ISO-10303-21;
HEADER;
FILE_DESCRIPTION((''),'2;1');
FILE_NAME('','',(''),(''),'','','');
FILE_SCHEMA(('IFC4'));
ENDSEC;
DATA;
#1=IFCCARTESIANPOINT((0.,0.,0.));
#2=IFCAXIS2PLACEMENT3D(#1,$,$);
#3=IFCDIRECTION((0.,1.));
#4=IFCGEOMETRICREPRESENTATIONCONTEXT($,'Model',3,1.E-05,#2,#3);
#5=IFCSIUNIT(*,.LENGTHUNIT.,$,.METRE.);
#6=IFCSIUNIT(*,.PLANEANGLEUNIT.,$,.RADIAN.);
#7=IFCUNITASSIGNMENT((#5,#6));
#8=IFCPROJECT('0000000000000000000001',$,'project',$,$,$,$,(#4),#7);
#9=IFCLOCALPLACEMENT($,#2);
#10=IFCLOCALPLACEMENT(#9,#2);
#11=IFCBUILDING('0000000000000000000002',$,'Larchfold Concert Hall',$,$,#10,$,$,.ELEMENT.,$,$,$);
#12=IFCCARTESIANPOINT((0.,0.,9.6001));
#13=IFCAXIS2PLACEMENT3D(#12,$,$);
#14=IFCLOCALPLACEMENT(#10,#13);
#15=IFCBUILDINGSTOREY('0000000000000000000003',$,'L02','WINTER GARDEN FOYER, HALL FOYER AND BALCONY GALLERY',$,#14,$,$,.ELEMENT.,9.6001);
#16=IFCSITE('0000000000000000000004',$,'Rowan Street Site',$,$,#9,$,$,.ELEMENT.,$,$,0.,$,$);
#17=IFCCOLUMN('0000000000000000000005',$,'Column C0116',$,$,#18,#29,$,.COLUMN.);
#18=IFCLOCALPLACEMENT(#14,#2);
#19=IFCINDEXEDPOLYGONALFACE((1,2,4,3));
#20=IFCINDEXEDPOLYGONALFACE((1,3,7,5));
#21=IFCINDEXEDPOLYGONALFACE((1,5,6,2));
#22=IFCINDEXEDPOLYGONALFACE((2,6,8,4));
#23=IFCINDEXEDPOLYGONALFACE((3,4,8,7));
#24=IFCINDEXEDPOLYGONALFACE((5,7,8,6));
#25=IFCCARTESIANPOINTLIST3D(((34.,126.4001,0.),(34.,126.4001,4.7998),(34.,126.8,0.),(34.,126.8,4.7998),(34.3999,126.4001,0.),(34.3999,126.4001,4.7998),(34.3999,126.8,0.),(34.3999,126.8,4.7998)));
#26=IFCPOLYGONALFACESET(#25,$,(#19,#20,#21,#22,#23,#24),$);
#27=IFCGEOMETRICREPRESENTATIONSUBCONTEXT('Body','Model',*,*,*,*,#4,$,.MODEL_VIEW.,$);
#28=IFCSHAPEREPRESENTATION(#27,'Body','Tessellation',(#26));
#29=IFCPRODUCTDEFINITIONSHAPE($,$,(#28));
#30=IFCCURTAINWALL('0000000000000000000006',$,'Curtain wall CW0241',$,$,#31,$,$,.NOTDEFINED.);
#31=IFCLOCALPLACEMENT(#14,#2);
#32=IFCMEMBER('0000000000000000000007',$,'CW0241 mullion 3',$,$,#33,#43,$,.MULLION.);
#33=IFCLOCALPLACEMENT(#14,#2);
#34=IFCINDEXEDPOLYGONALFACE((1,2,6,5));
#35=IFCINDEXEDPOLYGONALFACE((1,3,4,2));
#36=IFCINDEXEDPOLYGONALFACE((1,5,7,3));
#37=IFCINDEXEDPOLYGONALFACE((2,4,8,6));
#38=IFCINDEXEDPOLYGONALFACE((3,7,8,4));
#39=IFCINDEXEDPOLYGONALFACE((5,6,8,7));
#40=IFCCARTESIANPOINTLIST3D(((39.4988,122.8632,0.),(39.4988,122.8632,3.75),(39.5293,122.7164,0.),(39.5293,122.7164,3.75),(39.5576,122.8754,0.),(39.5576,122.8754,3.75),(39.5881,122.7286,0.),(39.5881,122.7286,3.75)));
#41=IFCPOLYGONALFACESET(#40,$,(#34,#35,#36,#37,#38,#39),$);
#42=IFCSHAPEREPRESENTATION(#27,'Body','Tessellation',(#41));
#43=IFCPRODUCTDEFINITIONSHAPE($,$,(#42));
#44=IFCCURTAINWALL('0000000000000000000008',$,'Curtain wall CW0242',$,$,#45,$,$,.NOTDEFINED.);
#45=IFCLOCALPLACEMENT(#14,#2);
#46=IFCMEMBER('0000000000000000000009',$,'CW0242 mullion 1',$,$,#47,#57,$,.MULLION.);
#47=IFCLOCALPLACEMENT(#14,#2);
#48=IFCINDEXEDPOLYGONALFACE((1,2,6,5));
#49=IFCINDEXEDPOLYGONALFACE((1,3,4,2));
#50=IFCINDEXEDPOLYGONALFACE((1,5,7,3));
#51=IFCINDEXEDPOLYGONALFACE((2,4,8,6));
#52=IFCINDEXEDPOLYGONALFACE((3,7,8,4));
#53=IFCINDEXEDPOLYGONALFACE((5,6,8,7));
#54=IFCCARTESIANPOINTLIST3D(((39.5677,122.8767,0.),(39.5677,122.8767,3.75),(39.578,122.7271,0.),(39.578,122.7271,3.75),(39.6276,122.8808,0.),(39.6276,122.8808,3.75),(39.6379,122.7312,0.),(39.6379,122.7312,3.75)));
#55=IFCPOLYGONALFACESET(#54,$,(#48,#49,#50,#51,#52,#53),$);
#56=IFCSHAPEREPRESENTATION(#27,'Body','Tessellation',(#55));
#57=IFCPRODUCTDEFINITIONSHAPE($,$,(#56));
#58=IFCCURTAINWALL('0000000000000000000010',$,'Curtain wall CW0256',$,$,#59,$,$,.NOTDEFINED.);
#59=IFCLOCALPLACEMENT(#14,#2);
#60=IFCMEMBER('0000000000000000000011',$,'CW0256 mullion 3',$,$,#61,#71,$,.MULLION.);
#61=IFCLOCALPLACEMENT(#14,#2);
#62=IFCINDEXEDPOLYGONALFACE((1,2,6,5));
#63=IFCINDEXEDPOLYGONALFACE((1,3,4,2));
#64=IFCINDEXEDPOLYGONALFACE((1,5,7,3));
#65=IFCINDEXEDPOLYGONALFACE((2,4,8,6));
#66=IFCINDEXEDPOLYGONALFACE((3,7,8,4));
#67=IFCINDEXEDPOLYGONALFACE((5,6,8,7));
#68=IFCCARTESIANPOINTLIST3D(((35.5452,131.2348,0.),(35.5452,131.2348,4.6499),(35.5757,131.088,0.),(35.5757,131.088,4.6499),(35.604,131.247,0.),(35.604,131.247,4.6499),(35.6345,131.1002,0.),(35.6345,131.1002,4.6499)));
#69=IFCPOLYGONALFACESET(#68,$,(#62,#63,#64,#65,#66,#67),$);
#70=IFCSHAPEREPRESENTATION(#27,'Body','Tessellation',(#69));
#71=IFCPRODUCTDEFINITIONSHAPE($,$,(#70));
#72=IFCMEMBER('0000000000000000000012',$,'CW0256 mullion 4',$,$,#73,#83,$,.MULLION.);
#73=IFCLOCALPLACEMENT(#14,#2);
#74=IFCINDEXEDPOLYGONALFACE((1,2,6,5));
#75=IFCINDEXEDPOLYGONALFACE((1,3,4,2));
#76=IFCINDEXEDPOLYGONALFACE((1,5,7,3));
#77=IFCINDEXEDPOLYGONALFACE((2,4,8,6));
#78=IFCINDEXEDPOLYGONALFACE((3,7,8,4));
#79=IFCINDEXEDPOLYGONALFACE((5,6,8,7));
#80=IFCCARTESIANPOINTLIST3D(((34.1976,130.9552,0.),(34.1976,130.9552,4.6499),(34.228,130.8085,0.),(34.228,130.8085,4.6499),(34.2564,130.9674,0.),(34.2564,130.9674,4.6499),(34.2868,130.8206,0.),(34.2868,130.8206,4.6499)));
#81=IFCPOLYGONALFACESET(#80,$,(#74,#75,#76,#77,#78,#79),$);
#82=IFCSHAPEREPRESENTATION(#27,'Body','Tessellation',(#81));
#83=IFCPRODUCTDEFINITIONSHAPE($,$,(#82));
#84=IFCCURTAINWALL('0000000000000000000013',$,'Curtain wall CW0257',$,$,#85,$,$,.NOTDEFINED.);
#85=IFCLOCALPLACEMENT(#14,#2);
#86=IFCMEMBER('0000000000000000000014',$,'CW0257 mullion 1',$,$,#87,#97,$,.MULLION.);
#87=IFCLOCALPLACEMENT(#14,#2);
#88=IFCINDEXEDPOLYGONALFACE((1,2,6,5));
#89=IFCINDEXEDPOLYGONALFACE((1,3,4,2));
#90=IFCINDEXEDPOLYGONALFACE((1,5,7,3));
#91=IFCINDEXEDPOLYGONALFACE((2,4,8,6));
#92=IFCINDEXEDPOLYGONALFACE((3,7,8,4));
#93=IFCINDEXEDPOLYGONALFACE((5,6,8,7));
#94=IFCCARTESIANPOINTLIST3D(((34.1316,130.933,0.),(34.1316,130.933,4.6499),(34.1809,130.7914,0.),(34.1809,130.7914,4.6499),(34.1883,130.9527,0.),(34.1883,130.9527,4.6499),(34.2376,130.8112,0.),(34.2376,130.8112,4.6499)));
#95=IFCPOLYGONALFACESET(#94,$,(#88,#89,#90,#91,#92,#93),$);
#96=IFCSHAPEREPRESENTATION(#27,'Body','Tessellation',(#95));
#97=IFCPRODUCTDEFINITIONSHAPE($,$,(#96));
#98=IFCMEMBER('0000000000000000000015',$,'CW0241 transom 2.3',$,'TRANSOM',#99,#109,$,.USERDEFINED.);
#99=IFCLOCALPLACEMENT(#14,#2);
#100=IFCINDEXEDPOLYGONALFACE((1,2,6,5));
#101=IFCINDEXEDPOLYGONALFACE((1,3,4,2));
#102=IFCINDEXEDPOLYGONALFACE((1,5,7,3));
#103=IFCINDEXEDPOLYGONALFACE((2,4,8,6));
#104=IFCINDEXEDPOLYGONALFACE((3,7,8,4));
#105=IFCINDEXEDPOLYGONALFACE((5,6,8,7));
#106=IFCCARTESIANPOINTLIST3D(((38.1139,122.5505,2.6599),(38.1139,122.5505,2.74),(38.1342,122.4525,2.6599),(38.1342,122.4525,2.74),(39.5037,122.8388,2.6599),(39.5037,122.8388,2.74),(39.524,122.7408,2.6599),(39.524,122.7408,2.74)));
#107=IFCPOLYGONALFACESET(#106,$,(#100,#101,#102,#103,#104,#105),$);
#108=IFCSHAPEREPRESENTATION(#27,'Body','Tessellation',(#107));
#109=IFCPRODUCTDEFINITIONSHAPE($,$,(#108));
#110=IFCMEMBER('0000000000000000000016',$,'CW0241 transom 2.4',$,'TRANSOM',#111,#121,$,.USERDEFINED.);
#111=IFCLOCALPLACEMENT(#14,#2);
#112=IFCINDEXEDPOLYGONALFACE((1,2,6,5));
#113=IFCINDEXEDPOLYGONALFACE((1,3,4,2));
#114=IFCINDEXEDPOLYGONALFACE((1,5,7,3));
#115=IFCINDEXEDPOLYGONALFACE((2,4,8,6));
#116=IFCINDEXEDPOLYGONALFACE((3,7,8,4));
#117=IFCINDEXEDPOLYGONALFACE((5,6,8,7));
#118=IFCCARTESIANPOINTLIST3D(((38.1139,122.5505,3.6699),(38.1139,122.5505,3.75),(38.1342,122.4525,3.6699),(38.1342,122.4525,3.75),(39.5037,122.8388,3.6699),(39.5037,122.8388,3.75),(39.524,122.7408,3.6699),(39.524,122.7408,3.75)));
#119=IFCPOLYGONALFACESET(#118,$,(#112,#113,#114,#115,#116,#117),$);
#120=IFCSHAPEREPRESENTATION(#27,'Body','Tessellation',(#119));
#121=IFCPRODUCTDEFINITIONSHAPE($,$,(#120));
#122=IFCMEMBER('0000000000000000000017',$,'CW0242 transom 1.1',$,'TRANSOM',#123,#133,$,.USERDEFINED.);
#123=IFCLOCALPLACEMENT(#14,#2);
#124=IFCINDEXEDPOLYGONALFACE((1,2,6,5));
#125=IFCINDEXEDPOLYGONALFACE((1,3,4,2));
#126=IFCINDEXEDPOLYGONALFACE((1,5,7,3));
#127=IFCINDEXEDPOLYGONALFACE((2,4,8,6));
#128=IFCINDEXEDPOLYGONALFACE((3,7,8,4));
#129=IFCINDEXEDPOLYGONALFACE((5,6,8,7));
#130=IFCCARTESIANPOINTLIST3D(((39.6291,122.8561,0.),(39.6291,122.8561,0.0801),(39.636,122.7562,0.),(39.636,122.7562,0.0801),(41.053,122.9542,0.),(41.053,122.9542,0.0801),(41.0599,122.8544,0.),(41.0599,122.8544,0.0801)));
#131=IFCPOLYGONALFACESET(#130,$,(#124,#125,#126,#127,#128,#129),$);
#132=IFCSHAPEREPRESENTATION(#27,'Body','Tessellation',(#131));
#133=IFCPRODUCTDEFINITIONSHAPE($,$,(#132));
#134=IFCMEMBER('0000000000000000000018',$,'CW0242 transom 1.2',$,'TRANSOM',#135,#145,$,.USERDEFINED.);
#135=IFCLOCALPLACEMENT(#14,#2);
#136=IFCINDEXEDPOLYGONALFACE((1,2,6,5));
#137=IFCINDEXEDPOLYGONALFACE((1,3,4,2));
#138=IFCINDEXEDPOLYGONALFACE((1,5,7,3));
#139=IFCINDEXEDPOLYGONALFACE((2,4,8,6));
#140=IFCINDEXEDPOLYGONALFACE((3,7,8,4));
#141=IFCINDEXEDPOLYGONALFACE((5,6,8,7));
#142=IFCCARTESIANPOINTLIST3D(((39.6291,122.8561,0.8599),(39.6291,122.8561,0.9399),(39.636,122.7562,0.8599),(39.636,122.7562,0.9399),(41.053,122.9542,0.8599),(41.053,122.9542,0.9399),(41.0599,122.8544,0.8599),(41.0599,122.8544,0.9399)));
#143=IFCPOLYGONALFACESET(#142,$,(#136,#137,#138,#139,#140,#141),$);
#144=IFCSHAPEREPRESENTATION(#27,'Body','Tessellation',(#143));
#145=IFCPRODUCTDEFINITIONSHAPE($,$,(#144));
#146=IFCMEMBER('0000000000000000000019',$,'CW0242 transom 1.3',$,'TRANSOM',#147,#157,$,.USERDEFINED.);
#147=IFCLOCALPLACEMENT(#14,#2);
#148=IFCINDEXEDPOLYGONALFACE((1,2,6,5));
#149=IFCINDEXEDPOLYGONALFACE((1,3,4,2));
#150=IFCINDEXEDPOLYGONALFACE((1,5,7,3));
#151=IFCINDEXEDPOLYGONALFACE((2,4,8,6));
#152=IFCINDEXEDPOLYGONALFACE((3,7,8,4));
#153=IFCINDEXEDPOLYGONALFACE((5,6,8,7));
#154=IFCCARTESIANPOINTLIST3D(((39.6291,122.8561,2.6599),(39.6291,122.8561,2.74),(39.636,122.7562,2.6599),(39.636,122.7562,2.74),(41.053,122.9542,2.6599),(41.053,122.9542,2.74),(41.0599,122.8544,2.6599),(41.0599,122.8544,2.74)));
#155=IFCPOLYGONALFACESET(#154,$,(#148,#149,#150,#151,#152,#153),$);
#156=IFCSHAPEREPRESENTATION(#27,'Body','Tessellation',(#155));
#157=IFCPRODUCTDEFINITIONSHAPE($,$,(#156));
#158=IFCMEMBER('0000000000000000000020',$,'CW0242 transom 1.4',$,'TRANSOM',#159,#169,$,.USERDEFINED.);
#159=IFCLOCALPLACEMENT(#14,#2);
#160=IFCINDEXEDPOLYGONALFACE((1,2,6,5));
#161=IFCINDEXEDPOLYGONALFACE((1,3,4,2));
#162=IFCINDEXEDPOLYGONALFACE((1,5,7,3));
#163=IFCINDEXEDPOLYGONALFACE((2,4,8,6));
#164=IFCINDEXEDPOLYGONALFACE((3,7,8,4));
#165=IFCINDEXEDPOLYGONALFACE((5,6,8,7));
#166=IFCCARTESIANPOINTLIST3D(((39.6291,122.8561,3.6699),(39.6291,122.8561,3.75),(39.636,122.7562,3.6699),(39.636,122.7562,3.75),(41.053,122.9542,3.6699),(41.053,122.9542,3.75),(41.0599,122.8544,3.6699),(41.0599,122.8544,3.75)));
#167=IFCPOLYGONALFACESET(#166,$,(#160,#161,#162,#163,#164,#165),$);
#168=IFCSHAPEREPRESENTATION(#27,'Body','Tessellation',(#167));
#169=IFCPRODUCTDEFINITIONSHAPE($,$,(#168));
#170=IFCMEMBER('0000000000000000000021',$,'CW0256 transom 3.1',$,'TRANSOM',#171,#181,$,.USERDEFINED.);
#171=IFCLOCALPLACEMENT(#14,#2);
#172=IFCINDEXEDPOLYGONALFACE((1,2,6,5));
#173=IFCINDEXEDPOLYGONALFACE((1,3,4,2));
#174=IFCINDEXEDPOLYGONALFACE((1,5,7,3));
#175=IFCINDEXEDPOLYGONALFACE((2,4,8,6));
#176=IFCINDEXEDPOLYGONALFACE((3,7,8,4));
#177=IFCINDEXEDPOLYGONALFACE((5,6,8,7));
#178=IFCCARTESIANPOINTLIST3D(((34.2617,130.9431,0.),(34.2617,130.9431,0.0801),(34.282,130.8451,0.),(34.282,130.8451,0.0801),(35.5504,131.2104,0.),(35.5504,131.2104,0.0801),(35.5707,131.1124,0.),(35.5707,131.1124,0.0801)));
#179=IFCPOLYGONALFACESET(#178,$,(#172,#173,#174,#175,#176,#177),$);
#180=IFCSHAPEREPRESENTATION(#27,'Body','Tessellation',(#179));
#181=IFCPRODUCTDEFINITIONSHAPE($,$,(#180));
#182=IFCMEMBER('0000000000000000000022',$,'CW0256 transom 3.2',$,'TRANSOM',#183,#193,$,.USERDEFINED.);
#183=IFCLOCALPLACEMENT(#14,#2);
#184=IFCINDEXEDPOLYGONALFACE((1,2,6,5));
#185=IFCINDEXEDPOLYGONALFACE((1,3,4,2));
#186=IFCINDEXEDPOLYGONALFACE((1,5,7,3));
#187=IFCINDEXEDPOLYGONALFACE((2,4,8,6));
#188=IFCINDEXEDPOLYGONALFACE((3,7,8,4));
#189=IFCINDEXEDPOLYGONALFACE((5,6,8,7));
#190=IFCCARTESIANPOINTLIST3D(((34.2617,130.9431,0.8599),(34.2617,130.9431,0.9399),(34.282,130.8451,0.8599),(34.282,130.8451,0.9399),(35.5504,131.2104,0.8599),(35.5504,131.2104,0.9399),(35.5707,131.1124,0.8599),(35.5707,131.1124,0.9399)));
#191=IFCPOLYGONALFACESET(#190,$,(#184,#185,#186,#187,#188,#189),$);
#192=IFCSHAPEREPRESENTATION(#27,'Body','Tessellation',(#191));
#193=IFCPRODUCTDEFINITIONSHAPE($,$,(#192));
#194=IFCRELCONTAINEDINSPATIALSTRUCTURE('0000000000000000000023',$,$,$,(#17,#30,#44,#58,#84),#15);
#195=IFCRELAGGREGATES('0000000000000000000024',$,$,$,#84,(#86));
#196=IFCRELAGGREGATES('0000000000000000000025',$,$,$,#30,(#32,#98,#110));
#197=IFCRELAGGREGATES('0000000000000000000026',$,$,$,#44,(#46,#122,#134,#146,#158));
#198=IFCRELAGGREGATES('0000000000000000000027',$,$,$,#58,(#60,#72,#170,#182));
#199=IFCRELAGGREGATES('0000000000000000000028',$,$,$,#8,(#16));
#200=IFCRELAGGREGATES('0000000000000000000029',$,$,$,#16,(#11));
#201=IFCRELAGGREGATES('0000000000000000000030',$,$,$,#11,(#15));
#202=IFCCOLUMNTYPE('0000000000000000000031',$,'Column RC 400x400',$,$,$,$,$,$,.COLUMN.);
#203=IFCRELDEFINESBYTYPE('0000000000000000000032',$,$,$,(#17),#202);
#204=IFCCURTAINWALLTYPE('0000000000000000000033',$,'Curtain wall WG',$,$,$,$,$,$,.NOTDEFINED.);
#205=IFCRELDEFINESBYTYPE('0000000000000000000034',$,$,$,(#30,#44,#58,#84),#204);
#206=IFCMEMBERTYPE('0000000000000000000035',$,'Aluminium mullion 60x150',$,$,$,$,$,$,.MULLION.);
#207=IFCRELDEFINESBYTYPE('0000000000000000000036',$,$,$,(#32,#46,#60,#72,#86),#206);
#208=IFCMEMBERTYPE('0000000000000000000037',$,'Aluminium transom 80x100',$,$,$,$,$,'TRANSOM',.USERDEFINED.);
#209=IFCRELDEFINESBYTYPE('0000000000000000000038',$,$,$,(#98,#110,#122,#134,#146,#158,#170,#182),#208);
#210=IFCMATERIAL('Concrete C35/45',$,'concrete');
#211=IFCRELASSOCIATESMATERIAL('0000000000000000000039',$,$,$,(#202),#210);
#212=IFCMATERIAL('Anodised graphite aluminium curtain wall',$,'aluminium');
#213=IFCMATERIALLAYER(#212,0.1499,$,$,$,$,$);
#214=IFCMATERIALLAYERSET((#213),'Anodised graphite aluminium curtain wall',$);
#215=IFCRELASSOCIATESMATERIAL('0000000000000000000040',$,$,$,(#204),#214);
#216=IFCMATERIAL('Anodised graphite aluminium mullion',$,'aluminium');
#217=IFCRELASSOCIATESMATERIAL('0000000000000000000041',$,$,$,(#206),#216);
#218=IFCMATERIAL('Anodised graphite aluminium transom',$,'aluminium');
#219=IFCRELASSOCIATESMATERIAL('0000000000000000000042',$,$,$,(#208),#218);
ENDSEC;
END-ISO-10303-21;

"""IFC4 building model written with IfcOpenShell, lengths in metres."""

from ifc_helpers import new_model, si_unit, direction, frame, origin, origin_2d, place, context, subcontext, project, spatial, rectangle, extrude, material, layer, layer_set, material_profile, profile_set, type_object, element, aggregate, save


model = new_model("IFC4")

# Units and contexts
model_context = context("Model", 3, precision=1e-05, world=origin(), true_north=direction((0.0, 1.0)))
body_context = subcontext(model_context, "Body", "Model", "MODEL_VIEW")
ifc_project = project(units=[si_unit("LENGTHUNIT", "METRE"), si_unit("PLANEANGLEUNIT", "RADIAN")], contexts=[model_context])

# Site, building, storey
site_placement = place(None, origin())
site = spatial("IfcSite", under=ifc_project, at=site_placement, Name="Rowan Street Site", CompositionType="ELEMENT", RefElevation=0.0)
building_placement = place(site_placement, origin())
building = spatial("IfcBuilding", under=site, at=building_placement, Name="Larchfold Concert Hall", CompositionType="ELEMENT")
storey_placement = place(building_placement, frame((0.0, 0.0, 9.6001)))
storey = spatial("IfcBuildingStorey", under=building, at=storey_placement, Name="L02", Description="WINTER GARDEN FOYER, HALL FOYER AND BALCONY GALLERY", CompositionType="ELEMENT", Elevation=9.6001)

# Column
ifc_material_1 = material(Name="Concrete C35/45", Category="concrete")
ifc_material_profile_1 = material_profile(ifc_material_1, rectangle(XDim=0.3999, YDim=0.3999, at=origin_2d()))
ifc_profile_set_1 = profile_set([ifc_material_profile_1], Name="Concrete C35/45")
column_type = type_object("IfcColumnType", Name="Column RC 400x400", PredefinedType="COLUMN", material=ifc_profile_set_1)
column_placement = place(storey_placement, frame((34.2, 126.6001, 0.0), z_axis=(0.0, 0.0, 1.0), x_axis=(1.0, 0.0, 0.0)))
element("IfcColumn", 1, at=column_placement, inside=storey, type_object=column_type, Name="Column C0116", PredefinedType="COLUMN", context=body_context, shape_type="SweptSolid", body=[
    extrude(rectangle(XDim=0.3999, YDim=0.3999, at=origin_2d()), origin(), (0.0, 0.0, 1.0), 4.7998),
])

# Curtain walls, members
ifc_material_2 = material(Name="Anodised graphite aluminium curtain wall", Category="aluminium")
ifc_layer_1 = layer(ifc_material_2, 0.1499)
ifc_layer_set_1 = layer_set([ifc_layer_1], Name="Anodised graphite aluminium curtain wall")
curtain_wall_type = type_object("IfcCurtainWallType", Name="Curtain wall WG", PredefinedType="NOTDEFINED", material=ifc_layer_set_1)
curtain_wall_1_placement = place(storey_placement, origin())
curtain_wall_1 = element("IfcCurtainWall", 2, at=curtain_wall_1_placement, inside=storey, type_object=curtain_wall_type, Name="Curtain wall CW0241", PredefinedType="NOTDEFINED")
ifc_material_3 = material(Name="Anodised graphite aluminium mullion", Category="aluminium")
ifc_material_profile_2 = material_profile(ifc_material_3, rectangle(XDim=0.1499, YDim=0.0601, at=origin_2d()))
ifc_profile_set_2 = profile_set([ifc_material_profile_2], Name="Anodised graphite aluminium mullion")
member_type_1 = type_object("IfcMemberType", Name="Aluminium mullion 60x150", PredefinedType="MULLION", material=ifc_profile_set_2)
member_1_placement = place(storey_placement, frame((39.5435, 122.7959, 0.0), z_axis=(0.0, 0.0, 1.0), x_axis=(-0.203063, 0.979166, 0.0)))
member_1 = element("IfcMember", 3, at=member_1_placement, type_object=member_type_1, Name="CW0241 mullion 3", PredefinedType="MULLION", context=body_context, shape_type="SweptSolid", body=[
    extrude(rectangle(XDim=0.1499, YDim=0.0601, at=origin_2d()), origin(), (0.0, 0.0, 1.0), 3.75),
])
curtain_wall_2_placement = place(storey_placement, origin())
curtain_wall_2 = element("IfcCurtainWall", 4, at=curtain_wall_2_placement, inside=storey, type_object=curtain_wall_type, Name="Curtain wall CW0242", PredefinedType="NOTDEFINED")
member_2_placement = place(storey_placement, frame((39.6028, 122.804, 0.0), z_axis=(0.0, 0.0, 1.0), x_axis=(-0.068708, 0.997637, 0.0)))
member_2 = element("IfcMember", 5, at=member_2_placement, type_object=member_type_1, Name="CW0242 mullion 1", PredefinedType="MULLION", context=body_context, shape_type="SweptSolid", body=[
    extrude(rectangle(XDim=0.1499, YDim=0.0601, at=origin_2d()), origin(), (0.0, 0.0, 1.0), 3.75),
])

# Curtain wall, members
curtain_wall_3_placement = place(storey_placement, origin())
curtain_wall_3 = element("IfcCurtainWall", 6, at=curtain_wall_3_placement, inside=storey, type_object=curtain_wall_type, Name="Curtain wall CW0256", PredefinedType="NOTDEFINED")
member_3_placement = place(storey_placement, frame((35.5898, 131.1675, 0.0), z_axis=(0.0, 0.0, 1.0), x_axis=(0.203055, -0.979167, 0.0)))
member_3 = element("IfcMember", 7, at=member_3_placement, type_object=member_type_1, Name="CW0256 mullion 3", PredefinedType="MULLION", context=body_context, shape_type="SweptSolid", body=[
    extrude(rectangle(XDim=0.1499, YDim=0.0601, at=origin_2d()), origin(), (0.0, 0.0, 1.0), 4.6499),
])
member_4_placement = place(storey_placement, frame((34.2422, 130.8879, 0.0), z_axis=(0.0, 0.0, 1.0), x_axis=(0.203055, -0.979167, 0.0)))
member_4 = element("IfcMember", 8, at=member_4_placement, type_object=member_type_1, Name="CW0256 mullion 4", PredefinedType="MULLION", context=body_context, shape_type="SweptSolid", body=[
    extrude(rectangle(XDim=0.1499, YDim=0.0601, at=origin_2d()), origin(), (0.0, 0.0, 1.0), 4.6499),
])

# Curtain wall, member
curtain_wall_4_placement = place(storey_placement, origin())
curtain_wall_4 = element("IfcCurtainWall", 9, at=curtain_wall_4_placement, inside=storey, type_object=curtain_wall_type, Name="Curtain wall CW0257", PredefinedType="NOTDEFINED")
member_5_placement = place(storey_placement, frame((34.1846, 130.8721, 0.0), z_axis=(0.0, 0.0, 1.0), x_axis=(0.328898, -0.944365, 0.0)))
member_5 = element("IfcMember", 10, at=member_5_placement, type_object=member_type_1, Name="CW0257 mullion 1", PredefinedType="MULLION", context=body_context, shape_type="SweptSolid", body=[
    extrude(rectangle(XDim=0.1499, YDim=0.0601, at=origin_2d()), origin(), (0.0, 0.0, 1.0), 4.6499),
])

# Members
ifc_material_4 = material(Name="Anodised graphite aluminium transom", Category="aluminium")
ifc_material_profile_3 = material_profile(ifc_material_4, rectangle(XDim=0.1001, YDim=0.0801, at=origin_2d()))
ifc_profile_set_3 = profile_set([ifc_material_profile_3], Name="Anodised graphite aluminium transom")
member_type_2 = type_object("IfcMemberType", Name="Aluminium transom 80x100", ElementType="TRANSOM", PredefinedType="USERDEFINED", material=ifc_profile_set_3)
member_6_placement = place(storey_placement, frame((38.124, 122.5015, 2.7), z_axis=(0.979153, 0.203123, 0.0), x_axis=(-0.203123, 0.979153, 0.0)))
member_6 = element("IfcMember", 11, at=member_6_placement, type_object=member_type_2, Name="CW0241 transom 2.3", ObjectType="TRANSOM", PredefinedType="USERDEFINED", context=body_context, shape_type="SweptSolid", body=[
    extrude(rectangle(XDim=0.1001, YDim=0.0801, at=origin_2d()), origin(), (0.0, 0.0, 1.0), 1.4194),
])
member_7_placement = place(storey_placement, frame((38.124, 122.5015, 3.71), z_axis=(0.979153, 0.203123, 0.0), x_axis=(-0.203123, 0.979153, 0.0)))
member_7 = element("IfcMember", 12, at=member_7_placement, type_object=member_type_2, Name="CW0241 transom 2.4", ObjectType="TRANSOM", PredefinedType="USERDEFINED", context=body_context, shape_type="SweptSolid", body=[
    extrude(rectangle(XDim=0.1001, YDim=0.0801, at=origin_2d()), origin(), (0.0, 0.0, 1.0), 1.4194),
])
member_8_placement = place(storey_placement, frame((39.6326, 122.8062, 0.04), z_axis=(0.997633, 0.068767, 0.0), x_axis=(-0.068767, 0.997633, 0.0)))
member_8 = element("IfcMember", 13, at=member_8_placement, type_object=member_type_2, Name="CW0242 transom 1.1", ObjectType="TRANSOM", PredefinedType="USERDEFINED", context=body_context, shape_type="SweptSolid", body=[
    extrude(rectangle(XDim=0.1001, YDim=0.0801, at=origin_2d()), origin(), (0.0, 0.0, 1.0), 1.4272),
])
member_9_placement = place(storey_placement, frame((39.6326, 122.8062, 0.8999), z_axis=(0.997633, 0.068767, 0.0), x_axis=(-0.068767, 0.997633, 0.0)))
member_9 = element("IfcMember", 14, at=member_9_placement, type_object=member_type_2, Name="CW0242 transom 1.2", ObjectType="TRANSOM", PredefinedType="USERDEFINED", context=body_context, shape_type="SweptSolid", body=[
    extrude(rectangle(XDim=0.1001, YDim=0.0801, at=origin_2d()), origin(), (0.0, 0.0, 1.0), 1.4272),
])
member_10_placement = place(storey_placement, frame((39.6326, 122.8062, 2.7), z_axis=(0.997633, 0.068767, 0.0), x_axis=(-0.068767, 0.997633, 0.0)))
member_10 = element("IfcMember", 15, at=member_10_placement, type_object=member_type_2, Name="CW0242 transom 1.3", ObjectType="TRANSOM", PredefinedType="USERDEFINED", context=body_context, shape_type="SweptSolid", body=[
    extrude(rectangle(XDim=0.1001, YDim=0.0801, at=origin_2d()), origin(), (0.0, 0.0, 1.0), 1.4272),
])
member_11_placement = place(storey_placement, frame((39.6326, 122.8062, 3.71), z_axis=(0.997633, 0.068767, 0.0), x_axis=(-0.068767, 0.997633, 0.0)))
member_11 = element("IfcMember", 16, at=member_11_placement, type_object=member_type_2, Name="CW0242 transom 1.4", ObjectType="TRANSOM", PredefinedType="USERDEFINED", context=body_context, shape_type="SweptSolid", body=[
    extrude(rectangle(XDim=0.1001, YDim=0.0801, at=origin_2d()), origin(), (0.0, 0.0, 1.0), 1.4272),
])
member_12_placement = place(storey_placement, frame((35.5605, 131.1614, 0.04), z_axis=(-0.979158, -0.203102, 0.0), x_axis=(0.203102, -0.979158, 0.0)))
member_12 = element("IfcMember", 17, at=member_12_placement, type_object=member_type_2, Name="CW0256 transom 3.1", ObjectType="TRANSOM", PredefinedType="USERDEFINED", context=body_context, shape_type="SweptSolid", body=[
    extrude(rectangle(XDim=0.1001, YDim=0.0801, at=origin_2d()), origin(), (0.0, 0.0, 1.0), 1.3162),
])
member_13_placement = place(storey_placement, frame((35.5605, 131.1614, 0.8999), z_axis=(-0.979158, -0.203102, 0.0), x_axis=(0.203102, -0.979158, 0.0)))
member_13 = element("IfcMember", 18, at=member_13_placement, type_object=member_type_2, Name="CW0256 transom 3.2", ObjectType="TRANSOM", PredefinedType="USERDEFINED", context=body_context, shape_type="SweptSolid", body=[
    extrude(rectangle(XDim=0.1001, YDim=0.0801, at=origin_2d()), origin(), (0.0, 0.0, 1.0), 1.3162),
])
aggregate(curtain_wall_4, [member_5])

aggregate(curtain_wall_1, [member_1, member_6, member_7])
aggregate(curtain_wall_2, [member_2, member_8, member_9, member_10, member_11])
aggregate(curtain_wall_3, [member_3, member_4, member_12, member_13])

save(model, "model.ifc")
